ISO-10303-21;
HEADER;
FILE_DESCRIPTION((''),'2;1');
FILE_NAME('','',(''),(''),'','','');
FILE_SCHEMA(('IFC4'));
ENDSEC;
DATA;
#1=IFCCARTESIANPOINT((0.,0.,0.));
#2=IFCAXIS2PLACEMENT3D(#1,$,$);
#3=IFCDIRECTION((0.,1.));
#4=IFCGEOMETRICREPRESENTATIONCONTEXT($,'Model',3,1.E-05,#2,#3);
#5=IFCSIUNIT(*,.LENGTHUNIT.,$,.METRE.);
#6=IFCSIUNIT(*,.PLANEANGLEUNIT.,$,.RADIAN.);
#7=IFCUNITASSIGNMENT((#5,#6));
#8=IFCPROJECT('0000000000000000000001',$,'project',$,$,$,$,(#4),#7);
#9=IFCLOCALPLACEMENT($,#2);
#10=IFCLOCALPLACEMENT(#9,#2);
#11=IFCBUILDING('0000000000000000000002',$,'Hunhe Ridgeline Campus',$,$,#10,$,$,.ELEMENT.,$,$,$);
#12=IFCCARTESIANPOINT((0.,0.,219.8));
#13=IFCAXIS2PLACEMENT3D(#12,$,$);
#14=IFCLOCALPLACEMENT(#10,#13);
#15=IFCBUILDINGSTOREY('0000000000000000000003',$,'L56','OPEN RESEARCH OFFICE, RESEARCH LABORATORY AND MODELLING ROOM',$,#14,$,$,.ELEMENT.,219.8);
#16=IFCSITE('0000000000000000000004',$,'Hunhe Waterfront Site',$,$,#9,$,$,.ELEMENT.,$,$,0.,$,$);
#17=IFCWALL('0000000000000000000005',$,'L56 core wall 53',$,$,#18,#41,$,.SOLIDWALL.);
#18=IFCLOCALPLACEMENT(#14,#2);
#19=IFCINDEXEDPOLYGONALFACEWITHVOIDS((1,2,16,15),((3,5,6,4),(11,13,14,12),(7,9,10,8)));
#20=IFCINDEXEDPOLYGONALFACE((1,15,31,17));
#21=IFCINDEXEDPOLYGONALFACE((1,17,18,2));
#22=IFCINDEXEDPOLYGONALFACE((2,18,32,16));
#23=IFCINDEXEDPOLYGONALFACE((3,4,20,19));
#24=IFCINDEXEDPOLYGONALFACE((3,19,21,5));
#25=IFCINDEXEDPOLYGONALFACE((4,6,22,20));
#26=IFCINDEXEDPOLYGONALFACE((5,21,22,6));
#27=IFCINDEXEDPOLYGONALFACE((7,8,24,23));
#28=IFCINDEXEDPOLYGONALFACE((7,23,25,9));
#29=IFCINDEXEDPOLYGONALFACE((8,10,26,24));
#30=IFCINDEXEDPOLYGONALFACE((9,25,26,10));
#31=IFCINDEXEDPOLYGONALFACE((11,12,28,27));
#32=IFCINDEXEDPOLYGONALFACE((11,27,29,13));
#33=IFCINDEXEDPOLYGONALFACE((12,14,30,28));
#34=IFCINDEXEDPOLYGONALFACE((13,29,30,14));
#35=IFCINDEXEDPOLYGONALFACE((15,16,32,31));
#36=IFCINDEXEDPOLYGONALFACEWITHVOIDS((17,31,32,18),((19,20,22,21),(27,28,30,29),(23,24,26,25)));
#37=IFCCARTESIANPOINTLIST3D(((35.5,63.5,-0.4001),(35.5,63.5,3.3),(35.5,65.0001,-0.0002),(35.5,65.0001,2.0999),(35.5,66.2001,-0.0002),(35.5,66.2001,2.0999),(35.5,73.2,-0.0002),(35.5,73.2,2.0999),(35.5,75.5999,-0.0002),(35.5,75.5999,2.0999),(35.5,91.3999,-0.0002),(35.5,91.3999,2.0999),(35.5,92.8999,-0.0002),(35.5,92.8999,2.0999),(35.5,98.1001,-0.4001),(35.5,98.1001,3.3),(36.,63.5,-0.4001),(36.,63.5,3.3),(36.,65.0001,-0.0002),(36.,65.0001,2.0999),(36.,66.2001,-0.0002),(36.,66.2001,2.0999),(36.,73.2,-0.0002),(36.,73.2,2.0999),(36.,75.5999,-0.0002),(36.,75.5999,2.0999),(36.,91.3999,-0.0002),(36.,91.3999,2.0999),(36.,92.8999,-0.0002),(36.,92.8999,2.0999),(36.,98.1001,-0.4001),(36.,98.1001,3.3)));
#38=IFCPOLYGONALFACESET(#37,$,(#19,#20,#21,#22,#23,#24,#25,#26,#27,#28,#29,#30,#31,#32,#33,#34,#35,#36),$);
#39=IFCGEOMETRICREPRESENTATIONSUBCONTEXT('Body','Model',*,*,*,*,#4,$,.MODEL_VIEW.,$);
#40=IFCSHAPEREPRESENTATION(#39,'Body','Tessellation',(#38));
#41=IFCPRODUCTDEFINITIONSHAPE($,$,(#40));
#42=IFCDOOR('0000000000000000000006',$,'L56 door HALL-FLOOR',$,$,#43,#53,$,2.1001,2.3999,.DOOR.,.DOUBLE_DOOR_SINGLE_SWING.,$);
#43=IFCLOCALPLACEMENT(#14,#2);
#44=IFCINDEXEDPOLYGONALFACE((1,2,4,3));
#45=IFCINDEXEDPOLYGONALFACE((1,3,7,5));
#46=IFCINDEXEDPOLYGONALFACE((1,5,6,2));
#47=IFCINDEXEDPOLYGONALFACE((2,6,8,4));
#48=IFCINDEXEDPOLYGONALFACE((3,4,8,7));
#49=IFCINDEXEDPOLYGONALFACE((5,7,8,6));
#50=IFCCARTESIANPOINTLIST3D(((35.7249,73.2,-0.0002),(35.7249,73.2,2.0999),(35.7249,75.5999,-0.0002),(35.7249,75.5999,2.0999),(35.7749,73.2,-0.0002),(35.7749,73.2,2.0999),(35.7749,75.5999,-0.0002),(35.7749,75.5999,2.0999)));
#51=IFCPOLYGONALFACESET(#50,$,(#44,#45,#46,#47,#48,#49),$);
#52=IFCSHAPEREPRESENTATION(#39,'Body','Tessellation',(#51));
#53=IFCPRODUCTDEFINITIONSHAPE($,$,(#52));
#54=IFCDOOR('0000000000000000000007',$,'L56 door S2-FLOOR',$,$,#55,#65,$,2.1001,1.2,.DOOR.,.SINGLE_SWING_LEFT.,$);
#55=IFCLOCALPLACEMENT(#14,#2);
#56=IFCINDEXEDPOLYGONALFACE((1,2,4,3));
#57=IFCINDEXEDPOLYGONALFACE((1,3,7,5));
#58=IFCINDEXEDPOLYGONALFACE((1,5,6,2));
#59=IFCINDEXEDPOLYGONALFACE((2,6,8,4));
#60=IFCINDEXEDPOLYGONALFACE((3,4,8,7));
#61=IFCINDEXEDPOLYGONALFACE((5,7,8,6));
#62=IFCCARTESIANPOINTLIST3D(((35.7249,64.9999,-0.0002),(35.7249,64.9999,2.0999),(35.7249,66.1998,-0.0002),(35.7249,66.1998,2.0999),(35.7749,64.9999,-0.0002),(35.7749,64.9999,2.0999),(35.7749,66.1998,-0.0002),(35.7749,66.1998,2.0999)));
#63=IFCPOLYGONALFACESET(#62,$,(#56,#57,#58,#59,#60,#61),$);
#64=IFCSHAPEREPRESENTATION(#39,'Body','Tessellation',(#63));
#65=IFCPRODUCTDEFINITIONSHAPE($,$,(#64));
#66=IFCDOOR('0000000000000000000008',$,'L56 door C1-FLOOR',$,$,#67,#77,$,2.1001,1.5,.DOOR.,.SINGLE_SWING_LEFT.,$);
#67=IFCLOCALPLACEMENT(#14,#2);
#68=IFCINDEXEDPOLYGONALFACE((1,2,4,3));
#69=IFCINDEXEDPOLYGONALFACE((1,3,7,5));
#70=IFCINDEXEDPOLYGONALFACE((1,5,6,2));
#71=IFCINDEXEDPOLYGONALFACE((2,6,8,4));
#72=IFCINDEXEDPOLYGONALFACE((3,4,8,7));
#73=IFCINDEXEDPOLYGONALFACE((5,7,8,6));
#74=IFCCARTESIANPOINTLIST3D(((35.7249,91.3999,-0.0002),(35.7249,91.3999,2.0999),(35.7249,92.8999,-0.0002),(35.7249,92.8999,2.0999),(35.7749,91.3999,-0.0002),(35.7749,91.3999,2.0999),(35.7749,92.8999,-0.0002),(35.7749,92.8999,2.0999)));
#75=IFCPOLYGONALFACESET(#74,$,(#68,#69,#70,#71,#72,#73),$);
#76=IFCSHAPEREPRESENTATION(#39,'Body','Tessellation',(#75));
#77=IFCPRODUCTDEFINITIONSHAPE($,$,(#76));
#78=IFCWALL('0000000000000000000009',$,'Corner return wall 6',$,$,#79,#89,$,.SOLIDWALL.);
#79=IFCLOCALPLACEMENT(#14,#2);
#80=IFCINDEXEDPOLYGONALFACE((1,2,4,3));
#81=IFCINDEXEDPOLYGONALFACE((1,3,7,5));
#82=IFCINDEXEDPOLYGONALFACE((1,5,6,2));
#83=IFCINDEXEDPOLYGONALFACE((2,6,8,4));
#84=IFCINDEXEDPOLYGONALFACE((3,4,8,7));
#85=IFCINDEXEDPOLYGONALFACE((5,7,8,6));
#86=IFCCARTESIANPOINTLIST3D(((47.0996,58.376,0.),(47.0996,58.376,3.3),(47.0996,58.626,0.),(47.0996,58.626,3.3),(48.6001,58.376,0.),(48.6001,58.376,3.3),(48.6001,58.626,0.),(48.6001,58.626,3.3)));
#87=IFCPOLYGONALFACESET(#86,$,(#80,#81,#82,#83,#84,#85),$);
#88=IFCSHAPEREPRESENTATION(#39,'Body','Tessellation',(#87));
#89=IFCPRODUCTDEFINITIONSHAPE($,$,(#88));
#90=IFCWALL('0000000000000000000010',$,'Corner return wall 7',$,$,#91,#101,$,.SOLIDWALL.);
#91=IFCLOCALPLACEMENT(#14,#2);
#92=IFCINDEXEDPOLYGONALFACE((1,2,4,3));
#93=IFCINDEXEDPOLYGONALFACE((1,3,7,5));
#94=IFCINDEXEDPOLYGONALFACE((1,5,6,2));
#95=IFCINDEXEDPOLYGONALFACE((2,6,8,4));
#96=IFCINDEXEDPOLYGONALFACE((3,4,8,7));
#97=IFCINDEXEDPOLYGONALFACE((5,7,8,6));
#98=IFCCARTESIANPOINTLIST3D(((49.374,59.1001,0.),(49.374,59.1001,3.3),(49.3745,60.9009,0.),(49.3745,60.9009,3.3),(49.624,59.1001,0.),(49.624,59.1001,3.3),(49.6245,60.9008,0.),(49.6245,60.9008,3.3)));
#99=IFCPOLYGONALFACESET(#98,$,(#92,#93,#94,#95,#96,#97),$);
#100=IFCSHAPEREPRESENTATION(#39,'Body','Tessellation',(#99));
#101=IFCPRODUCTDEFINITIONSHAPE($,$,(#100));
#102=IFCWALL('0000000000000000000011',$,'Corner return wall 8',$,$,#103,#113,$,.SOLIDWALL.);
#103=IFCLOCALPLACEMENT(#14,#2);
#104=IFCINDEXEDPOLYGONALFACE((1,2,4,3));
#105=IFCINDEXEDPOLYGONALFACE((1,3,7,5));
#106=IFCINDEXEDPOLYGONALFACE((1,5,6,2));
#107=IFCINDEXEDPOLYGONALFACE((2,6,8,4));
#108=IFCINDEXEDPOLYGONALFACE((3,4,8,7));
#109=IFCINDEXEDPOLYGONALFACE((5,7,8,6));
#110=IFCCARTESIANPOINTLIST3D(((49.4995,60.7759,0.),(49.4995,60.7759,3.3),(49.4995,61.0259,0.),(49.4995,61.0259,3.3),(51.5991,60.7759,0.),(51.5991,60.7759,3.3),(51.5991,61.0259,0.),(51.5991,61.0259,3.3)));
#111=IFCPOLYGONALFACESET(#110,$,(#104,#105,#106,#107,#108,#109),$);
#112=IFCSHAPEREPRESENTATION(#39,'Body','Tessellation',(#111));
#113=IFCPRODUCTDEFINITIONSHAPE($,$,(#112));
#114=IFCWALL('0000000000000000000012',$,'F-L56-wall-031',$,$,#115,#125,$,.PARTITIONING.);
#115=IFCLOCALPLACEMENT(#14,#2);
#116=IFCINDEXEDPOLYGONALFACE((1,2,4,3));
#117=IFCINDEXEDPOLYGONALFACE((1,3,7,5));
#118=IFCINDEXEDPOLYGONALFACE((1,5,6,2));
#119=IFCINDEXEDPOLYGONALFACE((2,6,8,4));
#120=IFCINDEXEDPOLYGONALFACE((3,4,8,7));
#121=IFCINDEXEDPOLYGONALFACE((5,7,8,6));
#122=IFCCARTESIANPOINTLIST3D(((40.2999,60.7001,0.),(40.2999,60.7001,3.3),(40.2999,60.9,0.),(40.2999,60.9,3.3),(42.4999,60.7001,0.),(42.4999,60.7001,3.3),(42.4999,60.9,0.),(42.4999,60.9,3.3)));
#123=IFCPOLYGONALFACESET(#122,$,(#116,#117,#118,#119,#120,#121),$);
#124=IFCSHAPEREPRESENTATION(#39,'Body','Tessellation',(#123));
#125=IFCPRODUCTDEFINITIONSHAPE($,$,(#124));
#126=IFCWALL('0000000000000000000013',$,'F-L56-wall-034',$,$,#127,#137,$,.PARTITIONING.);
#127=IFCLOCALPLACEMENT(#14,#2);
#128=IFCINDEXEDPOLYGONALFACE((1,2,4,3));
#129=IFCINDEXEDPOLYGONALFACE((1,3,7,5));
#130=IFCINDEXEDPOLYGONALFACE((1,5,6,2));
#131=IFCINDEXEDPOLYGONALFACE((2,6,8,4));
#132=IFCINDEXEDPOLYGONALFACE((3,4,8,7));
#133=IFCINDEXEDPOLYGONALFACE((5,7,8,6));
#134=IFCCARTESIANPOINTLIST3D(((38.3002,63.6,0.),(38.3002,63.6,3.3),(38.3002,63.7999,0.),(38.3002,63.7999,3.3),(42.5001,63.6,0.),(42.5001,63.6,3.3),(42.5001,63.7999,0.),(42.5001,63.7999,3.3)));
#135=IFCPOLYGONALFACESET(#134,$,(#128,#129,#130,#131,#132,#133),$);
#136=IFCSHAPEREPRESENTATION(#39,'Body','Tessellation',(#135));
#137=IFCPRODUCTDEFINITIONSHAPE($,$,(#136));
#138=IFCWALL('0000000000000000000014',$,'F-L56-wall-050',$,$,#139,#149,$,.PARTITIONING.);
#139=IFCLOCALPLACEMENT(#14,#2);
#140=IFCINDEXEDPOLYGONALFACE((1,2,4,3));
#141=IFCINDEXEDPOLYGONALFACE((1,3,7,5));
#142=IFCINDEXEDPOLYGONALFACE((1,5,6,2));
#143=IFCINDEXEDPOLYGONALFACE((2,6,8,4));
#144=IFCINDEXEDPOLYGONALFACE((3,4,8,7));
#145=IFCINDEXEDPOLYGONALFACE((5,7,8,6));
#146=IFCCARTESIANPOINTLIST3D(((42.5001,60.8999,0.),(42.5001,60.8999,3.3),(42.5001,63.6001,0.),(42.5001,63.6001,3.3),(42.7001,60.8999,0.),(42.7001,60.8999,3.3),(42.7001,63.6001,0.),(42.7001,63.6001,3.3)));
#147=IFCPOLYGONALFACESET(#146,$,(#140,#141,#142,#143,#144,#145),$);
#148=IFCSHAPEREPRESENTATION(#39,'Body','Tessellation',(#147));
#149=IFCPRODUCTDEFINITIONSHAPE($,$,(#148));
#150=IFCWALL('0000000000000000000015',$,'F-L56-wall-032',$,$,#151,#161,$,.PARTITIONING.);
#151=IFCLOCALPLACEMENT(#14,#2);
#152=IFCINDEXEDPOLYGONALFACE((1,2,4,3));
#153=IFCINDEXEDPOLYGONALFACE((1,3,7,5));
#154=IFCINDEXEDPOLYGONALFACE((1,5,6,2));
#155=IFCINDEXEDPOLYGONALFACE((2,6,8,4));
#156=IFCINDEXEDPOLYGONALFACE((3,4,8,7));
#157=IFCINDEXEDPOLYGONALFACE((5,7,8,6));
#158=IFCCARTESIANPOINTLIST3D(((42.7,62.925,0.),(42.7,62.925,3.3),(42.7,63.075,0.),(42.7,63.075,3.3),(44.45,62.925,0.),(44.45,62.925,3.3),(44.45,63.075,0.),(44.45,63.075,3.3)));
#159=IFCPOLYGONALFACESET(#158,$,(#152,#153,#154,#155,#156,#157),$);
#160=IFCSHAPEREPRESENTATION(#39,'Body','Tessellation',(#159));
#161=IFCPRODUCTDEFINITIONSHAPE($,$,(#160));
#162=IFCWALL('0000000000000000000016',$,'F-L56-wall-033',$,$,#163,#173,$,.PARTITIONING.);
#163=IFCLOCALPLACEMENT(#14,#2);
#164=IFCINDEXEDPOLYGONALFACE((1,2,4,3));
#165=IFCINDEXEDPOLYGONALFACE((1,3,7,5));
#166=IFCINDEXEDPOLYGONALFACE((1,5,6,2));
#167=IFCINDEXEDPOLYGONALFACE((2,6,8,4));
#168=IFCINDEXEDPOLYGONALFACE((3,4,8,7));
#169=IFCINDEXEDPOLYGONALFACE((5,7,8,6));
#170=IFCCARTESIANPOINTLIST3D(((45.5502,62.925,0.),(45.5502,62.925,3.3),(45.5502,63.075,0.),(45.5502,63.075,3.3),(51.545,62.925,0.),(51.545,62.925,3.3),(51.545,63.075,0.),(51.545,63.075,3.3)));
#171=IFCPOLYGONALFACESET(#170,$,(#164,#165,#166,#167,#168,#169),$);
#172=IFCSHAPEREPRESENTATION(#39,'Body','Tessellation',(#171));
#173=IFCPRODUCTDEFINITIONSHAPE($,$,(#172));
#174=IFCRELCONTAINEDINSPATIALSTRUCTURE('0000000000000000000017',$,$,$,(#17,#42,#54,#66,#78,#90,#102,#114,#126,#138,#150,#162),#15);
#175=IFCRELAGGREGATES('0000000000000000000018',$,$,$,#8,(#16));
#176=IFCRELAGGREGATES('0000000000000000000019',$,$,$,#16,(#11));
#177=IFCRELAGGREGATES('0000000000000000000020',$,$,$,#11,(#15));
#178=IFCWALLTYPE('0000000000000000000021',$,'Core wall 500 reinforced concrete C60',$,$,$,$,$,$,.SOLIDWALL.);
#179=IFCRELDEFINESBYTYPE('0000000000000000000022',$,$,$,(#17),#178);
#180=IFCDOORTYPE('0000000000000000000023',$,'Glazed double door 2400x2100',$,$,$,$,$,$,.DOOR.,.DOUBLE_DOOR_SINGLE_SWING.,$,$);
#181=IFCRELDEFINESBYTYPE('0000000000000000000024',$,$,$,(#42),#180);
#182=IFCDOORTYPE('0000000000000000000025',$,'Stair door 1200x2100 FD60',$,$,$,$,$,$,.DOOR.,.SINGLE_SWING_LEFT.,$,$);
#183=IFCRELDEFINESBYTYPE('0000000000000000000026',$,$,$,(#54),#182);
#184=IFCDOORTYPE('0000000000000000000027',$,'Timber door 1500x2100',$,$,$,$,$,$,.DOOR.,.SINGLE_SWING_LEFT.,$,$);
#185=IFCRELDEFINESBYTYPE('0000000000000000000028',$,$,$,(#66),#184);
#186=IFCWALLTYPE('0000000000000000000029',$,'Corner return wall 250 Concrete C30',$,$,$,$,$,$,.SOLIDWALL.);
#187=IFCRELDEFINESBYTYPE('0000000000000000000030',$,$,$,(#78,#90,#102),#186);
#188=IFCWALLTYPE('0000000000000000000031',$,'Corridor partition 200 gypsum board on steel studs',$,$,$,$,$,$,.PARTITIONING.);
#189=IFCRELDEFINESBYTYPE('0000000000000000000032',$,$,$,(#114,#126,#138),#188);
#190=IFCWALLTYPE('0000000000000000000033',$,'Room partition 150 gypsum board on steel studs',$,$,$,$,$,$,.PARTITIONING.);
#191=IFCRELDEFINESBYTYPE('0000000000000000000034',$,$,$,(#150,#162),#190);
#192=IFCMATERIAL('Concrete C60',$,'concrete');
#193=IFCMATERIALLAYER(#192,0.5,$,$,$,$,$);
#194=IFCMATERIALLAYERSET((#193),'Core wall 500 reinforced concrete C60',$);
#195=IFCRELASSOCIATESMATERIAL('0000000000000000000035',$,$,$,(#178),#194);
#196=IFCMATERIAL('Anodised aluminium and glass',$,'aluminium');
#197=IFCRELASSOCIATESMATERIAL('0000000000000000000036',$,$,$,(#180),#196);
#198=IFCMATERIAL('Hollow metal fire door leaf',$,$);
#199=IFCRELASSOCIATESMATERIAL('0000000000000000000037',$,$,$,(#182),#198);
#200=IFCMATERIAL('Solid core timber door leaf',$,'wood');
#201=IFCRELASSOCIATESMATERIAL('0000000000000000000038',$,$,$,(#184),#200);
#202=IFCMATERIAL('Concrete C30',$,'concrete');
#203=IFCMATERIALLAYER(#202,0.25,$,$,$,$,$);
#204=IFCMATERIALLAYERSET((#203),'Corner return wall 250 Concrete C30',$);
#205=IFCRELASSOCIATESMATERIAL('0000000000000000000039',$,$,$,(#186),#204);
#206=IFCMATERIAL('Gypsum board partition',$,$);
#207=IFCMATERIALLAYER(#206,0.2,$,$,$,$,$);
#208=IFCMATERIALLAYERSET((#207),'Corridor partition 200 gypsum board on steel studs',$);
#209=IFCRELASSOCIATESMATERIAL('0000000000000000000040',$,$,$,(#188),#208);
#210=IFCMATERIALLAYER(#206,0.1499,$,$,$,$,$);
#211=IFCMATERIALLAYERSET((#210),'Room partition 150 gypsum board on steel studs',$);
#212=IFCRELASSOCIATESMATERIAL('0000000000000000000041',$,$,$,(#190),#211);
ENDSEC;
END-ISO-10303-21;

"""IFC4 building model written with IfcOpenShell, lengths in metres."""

from ifc_helpers import new_model, si_unit, direction, frame, frame_2d, origin, place, context, subcontext, project, spatial, rectangle, extrude, material, layer, layer_set, type_object, element, fill, save


model = new_model("IFC4")

# Units and contexts
model_context = context("Model", 3, precision=1e-05, world=origin(), true_north=direction((0.0, 1.0)))
body_context = subcontext(model_context, "Body", "Model", "MODEL_VIEW")
ifc_project = project(units=[si_unit("LENGTHUNIT", "METRE"), si_unit("PLANEANGLEUNIT", "RADIAN")], contexts=[model_context])

# Site, building, storey
site_placement = place(None, origin())
site = spatial("IfcSite", under=ifc_project, at=site_placement, Name="Hunhe Waterfront Site", CompositionType="ELEMENT", RefElevation=0.0)
building_placement = place(site_placement, origin())
building = spatial("IfcBuilding", under=site, at=building_placement, Name="Hunhe Ridgeline Campus", CompositionType="ELEMENT")
storey_placement = place(building_placement, frame((0.0, 0.0, 219.8)))
storey = spatial("IfcBuildingStorey", under=building, at=storey_placement, Name="L56", Description="OPEN RESEARCH OFFICE, RESEARCH LABORATORY AND MODELLING ROOM", CompositionType="ELEMENT", Elevation=219.8)

# Shared definitions
ifc_material_1 = material(Name="Concrete C60", Category="concrete")

# Wall, openings, doors
ifc_layer_1 = layer(ifc_material_1, 0.5)
ifc_layer_set_1 = layer_set([ifc_layer_1], Name="Core wall 500 reinforced concrete C60")
wall_type_1 = type_object("IfcWallType", Name="Core wall 500 reinforced concrete C60", PredefinedType="SOLIDWALL", material=ifc_layer_set_1)
wall_1_placement = place(storey_placement, frame((35.75, 63.5, -0.4001), z_axis=(0.0, 0.0, 1.0), x_axis=(0.0, 1.0, 0.0)))
wall_1 = element("IfcWall", 1, at=wall_1_placement, inside=storey, type_object=wall_type_1, Name="L56 core wall 53", PredefinedType="SOLIDWALL", context=body_context, shape_type="SweptSolid", body=[
    extrude(rectangle(XDim=34.6001, YDim=0.5, at=frame_2d((17.3, 0.0))), origin(), (0.0, 0.0, 1.0), 3.7002),
])
opening_1_placement = place(wall_1_placement, frame((9.7, 0.0, 0.3999)))
opening_1 = element("IfcOpeningElement", 2, at=opening_1_placement, cuts=wall_1, PredefinedType="OPENING", context=body_context, shape_type="SweptSolid", body=[
    extrude(rectangle(XDim=2.3999, YDim=2.1001, at=frame_2d((1.2, 1.05))), frame((0.0, 0.25, 0.0), z_axis=(0.0, -1.0, 0.0), x_axis=(1.0, 0.0, 0.0)), (0.0, 0.0, 1.0), 0.5),
])
opening_2_placement = place(wall_1_placement, frame((27.8999, 0.0, 0.3999)))
opening_2 = element("IfcOpeningElement", 3, at=opening_2_placement, cuts=wall_1, PredefinedType="OPENING", context=body_context, shape_type="SweptSolid", body=[
    extrude(rectangle(XDim=1.5, YDim=2.1001, at=frame_2d((0.75, 1.05))), frame((0.0, 0.25, 0.0), z_axis=(0.0, -1.0, 0.0), x_axis=(1.0, 0.0, 0.0)), (0.0, 0.0, 1.0), 0.5),
])
opening_3_placement = place(wall_1_placement, frame((1.5, 0.0, 0.3999)))
opening_3 = element("IfcOpeningElement", 4, at=opening_3_placement, cuts=wall_1, PredefinedType="OPENING", context=body_context, shape_type="SweptSolid", body=[
    extrude(rectangle(XDim=1.2, YDim=2.1001, at=frame_2d((0.6001, 1.05))), frame((0.0, 0.25, 0.0), z_axis=(0.0, -1.0, 0.0), x_axis=(1.0, 0.0, 0.0)), (0.0, 0.0, 1.0), 0.5),
])
ifc_material_2 = material(Name="Anodised aluminium and glass", Category="aluminium")
door_type_1 = type_object("IfcDoorType", Name="Glazed double door 2400x2100", OperationType="DOUBLE_DOOR_SINGLE_SWING", PredefinedType="DOOR", material=ifc_material_2)
door_1_placement = place(opening_1_placement, frame((2.3999, 0.0, 0.0), z_axis=(0.0, 0.0, 1.0), x_axis=(-1.0, 0.0, 0.0)))
door_1 = element("IfcDoor", 5, at=door_1_placement, inside=storey, type_object=door_type_1, Name="L56 door HALL-FLOOR", OperationType="DOUBLE_DOOR_SINGLE_SWING", OverallHeight=2.1001, OverallWidth=2.3999, PredefinedType="DOOR", context=body_context, shape_type="SweptSolid", body=[
    extrude(rectangle(XDim=2.3999, YDim=2.1001, at=frame_2d((1.2, 1.05))), frame((0.0, 0.0249, 0.0), z_axis=(0.0, -1.0, 0.0), x_axis=(1.0, 0.0, 0.0)), (0.0, 0.0, 1.0), 0.05),
])
fill(opening_1, door_1)
ifc_material_3 = material(Name="Hollow metal fire door leaf")
door_type_2 = type_object("IfcDoorType", Name="Stair door 1200x2100 FD60", OperationType="SINGLE_SWING_LEFT", PredefinedType="DOOR", material=ifc_material_3)
door_2_placement = place(opening_3_placement, frame((1.2, 0.0, 0.0), z_axis=(0.0, 0.0, 1.0), x_axis=(-1.0, 0.0, 0.0)))
door_2 = element("IfcDoor", 6, at=door_2_placement, inside=storey, type_object=door_type_2, Name="L56 door S2-FLOOR", OperationType="SINGLE_SWING_LEFT", OverallHeight=2.1001, OverallWidth=1.2, PredefinedType="DOOR", context=body_context, shape_type="SweptSolid", body=[
    extrude(rectangle(XDim=1.2, YDim=2.1001, at=frame_2d((0.6001, 1.05))), frame((0.0, 0.0249, 0.0), z_axis=(0.0, -1.0, 0.0), x_axis=(1.0, 0.0, 0.0)), (0.0, 0.0, 1.0), 0.05),
])
fill(opening_3, door_2)
ifc_material_4 = material(Name="Solid core timber door leaf", Category="wood")
door_type_3 = type_object("IfcDoorType", Name="Timber door 1500x2100", OperationType="SINGLE_SWING_LEFT", PredefinedType="DOOR", material=ifc_material_4)
door_3_placement = place(opening_2_placement, frame((1.5, 0.0, 0.0), z_axis=(0.0, 0.0, 1.0), x_axis=(-1.0, 0.0, 0.0)))
door_3 = element("IfcDoor", 7, at=door_3_placement, inside=storey, type_object=door_type_3, Name="L56 door C1-FLOOR", OperationType="SINGLE_SWING_LEFT", OverallHeight=2.1001, OverallWidth=1.5, PredefinedType="DOOR", context=body_context, shape_type="SweptSolid", body=[
    extrude(rectangle(XDim=1.5, YDim=2.1001, at=frame_2d((0.75, 1.05))), frame((0.0, 0.0249, 0.0), z_axis=(0.0, -1.0, 0.0), x_axis=(1.0, 0.0, 0.0)), (0.0, 0.0, 1.0), 0.05),
])
fill(opening_2, door_3)

# Walls
ifc_material_5 = material(Name="Concrete C30", Category="concrete")
ifc_layer_2 = layer(ifc_material_5, 0.25)
ifc_layer_set_2 = layer_set([ifc_layer_2], Name="Corner return wall 250 Concrete C30")
wall_type_2 = type_object("IfcWallType", Name="Corner return wall 250 Concrete C30", PredefinedType="SOLIDWALL", material=ifc_layer_set_2)
wall_2_placement = place(storey_placement, frame((47.0996, 58.501, 0.0), z_axis=(0.0, 0.0, 1.0), x_axis=(1.0, 0.0, 0.0)))
element("IfcWall", 8, at=wall_2_placement, inside=storey, type_object=wall_type_2, Name="Corner return wall 6", PredefinedType="SOLIDWALL", context=body_context, shape_type="SweptSolid", body=[
    extrude(rectangle(XDim=1.5005, YDim=0.25, at=frame_2d((0.7502, 0.0))), origin(), (0.0, 0.0, 1.0), 3.3),
])
wall_3_placement = place(storey_placement, frame((49.499, 59.1001, 0.0), z_axis=(0.0, 0.0, 1.0), x_axis=(0.000271, 1.0, 0.0)))
element("IfcWall", 9, at=wall_3_placement, inside=storey, type_object=wall_type_2, Name="Corner return wall 7", PredefinedType="SOLIDWALL", context=body_context, shape_type="SweptSolid", body=[
    extrude(rectangle(XDim=1.8008, YDim=0.25, at=frame_2d((0.9004, 0.0))), origin(), (0.0, 0.0, 1.0), 3.3),
])
wall_4_placement = place(storey_placement, frame((49.4995, 60.9009, 0.0), z_axis=(0.0, 0.0, 1.0), x_axis=(1.0, 0.0, 0.0)))
element("IfcWall", 10, at=wall_4_placement, inside=storey, type_object=wall_type_2, Name="Corner return wall 8", PredefinedType="SOLIDWALL", context=body_context, shape_type="SweptSolid", body=[
    extrude(rectangle(XDim=2.0996, YDim=0.25, at=frame_2d((1.0498, 0.0))), origin(), (0.0, 0.0, 1.0), 3.3),
])

# Shared definitions
ifc_material_6 = material(Name="Gypsum board partition")
ifc_layer_3 = layer(ifc_material_6, 0.2)
ifc_layer_set_3 = layer_set([ifc_layer_3], Name="Corridor partition 200 gypsum board on steel studs")
wall_type_3 = type_object("IfcWallType", Name="Corridor partition 200 gypsum board on steel studs", PredefinedType="PARTITIONING", material=ifc_layer_set_3)

# Walls
wall_5_placement = place(storey_placement, frame((42.5, 60.8, 0.0), z_axis=(0.0, 0.0, 1.0), x_axis=(-1.0, 0.0, 0.0)))
element("IfcWall", 11, at=wall_5_placement, inside=storey, type_object=wall_type_3, Name="F-L56-wall-031", PredefinedType="PARTITIONING", context=body_context, shape_type="SweptSolid", body=[
    extrude(rectangle(XDim=2.2, YDim=0.2, at=frame_2d((1.1001, 0.0))), origin(), (0.0, 0.0, 1.0), 3.3),
])
wall_6_placement = place(storey_placement, frame((38.3, 63.7, 0.0), z_axis=(0.0, 0.0, 1.0), x_axis=(1.0, 0.0, 0.0)))
element("IfcWall", 12, at=wall_6_placement, inside=storey, type_object=wall_type_3, Name="F-L56-wall-034", PredefinedType="PARTITIONING", context=body_context, shape_type="SweptSolid", body=[
    extrude(rectangle(XDim=4.2, YDim=0.2, at=frame_2d((2.1001, 0.0))), origin(), (0.0, 0.0, 1.0), 3.3),
])

# Walls
wall_7_placement = place(storey_placement, frame((42.6001, 63.6001, 0.0), z_axis=(0.0, 0.0, 1.0), x_axis=(0.0, -1.0, 0.0)))
element("IfcWall", 13, at=wall_7_placement, inside=storey, type_object=wall_type_3, Name="F-L56-wall-050", PredefinedType="PARTITIONING", context=body_context, shape_type="SweptSolid", body=[
    extrude(rectangle(XDim=2.7002, YDim=0.2, at=frame_2d((1.3501, 0.0))), origin(), (0.0, 0.0, 1.0), 3.3),
])
ifc_layer_4 = layer(ifc_material_6, 0.1499)
ifc_layer_set_4 = layer_set([ifc_layer_4], Name="Room partition 150 gypsum board on steel studs")
wall_type_4 = type_object("IfcWallType", Name="Room partition 150 gypsum board on steel studs", PredefinedType="PARTITIONING", material=ifc_layer_set_4)
wall_8_placement = place(storey_placement, frame((42.7, 63.0, 0.0), z_axis=(0.0, 0.0, 1.0), x_axis=(1.0, 0.0, 0.0)))
element("IfcWall", 14, at=wall_8_placement, inside=storey, type_object=wall_type_4, Name="F-L56-wall-032", PredefinedType="PARTITIONING", context=body_context, shape_type="SweptSolid", body=[
    extrude(rectangle(XDim=1.75, YDim=0.1499, at=frame_2d((0.875, 0.0))), origin(), (0.0, 0.0, 1.0), 3.3),
])
wall_9_placement = place(storey_placement, frame((45.55, 63.0, 0.0), z_axis=(0.0, 0.0, 1.0), x_axis=(1.0, 0.0, 0.0)))
element("IfcWall", 15, at=wall_9_placement, inside=storey, type_object=wall_type_4, Name="F-L56-wall-033", PredefinedType="PARTITIONING", context=body_context, shape_type="SweptSolid", body=[
    extrude(rectangle(XDim=5.9949, YDim=0.1499, at=frame_2d((2.9976, 0.0))), origin(), (0.0, 0.0, 1.0), 3.3),
])

save(model, "model.ifc")
